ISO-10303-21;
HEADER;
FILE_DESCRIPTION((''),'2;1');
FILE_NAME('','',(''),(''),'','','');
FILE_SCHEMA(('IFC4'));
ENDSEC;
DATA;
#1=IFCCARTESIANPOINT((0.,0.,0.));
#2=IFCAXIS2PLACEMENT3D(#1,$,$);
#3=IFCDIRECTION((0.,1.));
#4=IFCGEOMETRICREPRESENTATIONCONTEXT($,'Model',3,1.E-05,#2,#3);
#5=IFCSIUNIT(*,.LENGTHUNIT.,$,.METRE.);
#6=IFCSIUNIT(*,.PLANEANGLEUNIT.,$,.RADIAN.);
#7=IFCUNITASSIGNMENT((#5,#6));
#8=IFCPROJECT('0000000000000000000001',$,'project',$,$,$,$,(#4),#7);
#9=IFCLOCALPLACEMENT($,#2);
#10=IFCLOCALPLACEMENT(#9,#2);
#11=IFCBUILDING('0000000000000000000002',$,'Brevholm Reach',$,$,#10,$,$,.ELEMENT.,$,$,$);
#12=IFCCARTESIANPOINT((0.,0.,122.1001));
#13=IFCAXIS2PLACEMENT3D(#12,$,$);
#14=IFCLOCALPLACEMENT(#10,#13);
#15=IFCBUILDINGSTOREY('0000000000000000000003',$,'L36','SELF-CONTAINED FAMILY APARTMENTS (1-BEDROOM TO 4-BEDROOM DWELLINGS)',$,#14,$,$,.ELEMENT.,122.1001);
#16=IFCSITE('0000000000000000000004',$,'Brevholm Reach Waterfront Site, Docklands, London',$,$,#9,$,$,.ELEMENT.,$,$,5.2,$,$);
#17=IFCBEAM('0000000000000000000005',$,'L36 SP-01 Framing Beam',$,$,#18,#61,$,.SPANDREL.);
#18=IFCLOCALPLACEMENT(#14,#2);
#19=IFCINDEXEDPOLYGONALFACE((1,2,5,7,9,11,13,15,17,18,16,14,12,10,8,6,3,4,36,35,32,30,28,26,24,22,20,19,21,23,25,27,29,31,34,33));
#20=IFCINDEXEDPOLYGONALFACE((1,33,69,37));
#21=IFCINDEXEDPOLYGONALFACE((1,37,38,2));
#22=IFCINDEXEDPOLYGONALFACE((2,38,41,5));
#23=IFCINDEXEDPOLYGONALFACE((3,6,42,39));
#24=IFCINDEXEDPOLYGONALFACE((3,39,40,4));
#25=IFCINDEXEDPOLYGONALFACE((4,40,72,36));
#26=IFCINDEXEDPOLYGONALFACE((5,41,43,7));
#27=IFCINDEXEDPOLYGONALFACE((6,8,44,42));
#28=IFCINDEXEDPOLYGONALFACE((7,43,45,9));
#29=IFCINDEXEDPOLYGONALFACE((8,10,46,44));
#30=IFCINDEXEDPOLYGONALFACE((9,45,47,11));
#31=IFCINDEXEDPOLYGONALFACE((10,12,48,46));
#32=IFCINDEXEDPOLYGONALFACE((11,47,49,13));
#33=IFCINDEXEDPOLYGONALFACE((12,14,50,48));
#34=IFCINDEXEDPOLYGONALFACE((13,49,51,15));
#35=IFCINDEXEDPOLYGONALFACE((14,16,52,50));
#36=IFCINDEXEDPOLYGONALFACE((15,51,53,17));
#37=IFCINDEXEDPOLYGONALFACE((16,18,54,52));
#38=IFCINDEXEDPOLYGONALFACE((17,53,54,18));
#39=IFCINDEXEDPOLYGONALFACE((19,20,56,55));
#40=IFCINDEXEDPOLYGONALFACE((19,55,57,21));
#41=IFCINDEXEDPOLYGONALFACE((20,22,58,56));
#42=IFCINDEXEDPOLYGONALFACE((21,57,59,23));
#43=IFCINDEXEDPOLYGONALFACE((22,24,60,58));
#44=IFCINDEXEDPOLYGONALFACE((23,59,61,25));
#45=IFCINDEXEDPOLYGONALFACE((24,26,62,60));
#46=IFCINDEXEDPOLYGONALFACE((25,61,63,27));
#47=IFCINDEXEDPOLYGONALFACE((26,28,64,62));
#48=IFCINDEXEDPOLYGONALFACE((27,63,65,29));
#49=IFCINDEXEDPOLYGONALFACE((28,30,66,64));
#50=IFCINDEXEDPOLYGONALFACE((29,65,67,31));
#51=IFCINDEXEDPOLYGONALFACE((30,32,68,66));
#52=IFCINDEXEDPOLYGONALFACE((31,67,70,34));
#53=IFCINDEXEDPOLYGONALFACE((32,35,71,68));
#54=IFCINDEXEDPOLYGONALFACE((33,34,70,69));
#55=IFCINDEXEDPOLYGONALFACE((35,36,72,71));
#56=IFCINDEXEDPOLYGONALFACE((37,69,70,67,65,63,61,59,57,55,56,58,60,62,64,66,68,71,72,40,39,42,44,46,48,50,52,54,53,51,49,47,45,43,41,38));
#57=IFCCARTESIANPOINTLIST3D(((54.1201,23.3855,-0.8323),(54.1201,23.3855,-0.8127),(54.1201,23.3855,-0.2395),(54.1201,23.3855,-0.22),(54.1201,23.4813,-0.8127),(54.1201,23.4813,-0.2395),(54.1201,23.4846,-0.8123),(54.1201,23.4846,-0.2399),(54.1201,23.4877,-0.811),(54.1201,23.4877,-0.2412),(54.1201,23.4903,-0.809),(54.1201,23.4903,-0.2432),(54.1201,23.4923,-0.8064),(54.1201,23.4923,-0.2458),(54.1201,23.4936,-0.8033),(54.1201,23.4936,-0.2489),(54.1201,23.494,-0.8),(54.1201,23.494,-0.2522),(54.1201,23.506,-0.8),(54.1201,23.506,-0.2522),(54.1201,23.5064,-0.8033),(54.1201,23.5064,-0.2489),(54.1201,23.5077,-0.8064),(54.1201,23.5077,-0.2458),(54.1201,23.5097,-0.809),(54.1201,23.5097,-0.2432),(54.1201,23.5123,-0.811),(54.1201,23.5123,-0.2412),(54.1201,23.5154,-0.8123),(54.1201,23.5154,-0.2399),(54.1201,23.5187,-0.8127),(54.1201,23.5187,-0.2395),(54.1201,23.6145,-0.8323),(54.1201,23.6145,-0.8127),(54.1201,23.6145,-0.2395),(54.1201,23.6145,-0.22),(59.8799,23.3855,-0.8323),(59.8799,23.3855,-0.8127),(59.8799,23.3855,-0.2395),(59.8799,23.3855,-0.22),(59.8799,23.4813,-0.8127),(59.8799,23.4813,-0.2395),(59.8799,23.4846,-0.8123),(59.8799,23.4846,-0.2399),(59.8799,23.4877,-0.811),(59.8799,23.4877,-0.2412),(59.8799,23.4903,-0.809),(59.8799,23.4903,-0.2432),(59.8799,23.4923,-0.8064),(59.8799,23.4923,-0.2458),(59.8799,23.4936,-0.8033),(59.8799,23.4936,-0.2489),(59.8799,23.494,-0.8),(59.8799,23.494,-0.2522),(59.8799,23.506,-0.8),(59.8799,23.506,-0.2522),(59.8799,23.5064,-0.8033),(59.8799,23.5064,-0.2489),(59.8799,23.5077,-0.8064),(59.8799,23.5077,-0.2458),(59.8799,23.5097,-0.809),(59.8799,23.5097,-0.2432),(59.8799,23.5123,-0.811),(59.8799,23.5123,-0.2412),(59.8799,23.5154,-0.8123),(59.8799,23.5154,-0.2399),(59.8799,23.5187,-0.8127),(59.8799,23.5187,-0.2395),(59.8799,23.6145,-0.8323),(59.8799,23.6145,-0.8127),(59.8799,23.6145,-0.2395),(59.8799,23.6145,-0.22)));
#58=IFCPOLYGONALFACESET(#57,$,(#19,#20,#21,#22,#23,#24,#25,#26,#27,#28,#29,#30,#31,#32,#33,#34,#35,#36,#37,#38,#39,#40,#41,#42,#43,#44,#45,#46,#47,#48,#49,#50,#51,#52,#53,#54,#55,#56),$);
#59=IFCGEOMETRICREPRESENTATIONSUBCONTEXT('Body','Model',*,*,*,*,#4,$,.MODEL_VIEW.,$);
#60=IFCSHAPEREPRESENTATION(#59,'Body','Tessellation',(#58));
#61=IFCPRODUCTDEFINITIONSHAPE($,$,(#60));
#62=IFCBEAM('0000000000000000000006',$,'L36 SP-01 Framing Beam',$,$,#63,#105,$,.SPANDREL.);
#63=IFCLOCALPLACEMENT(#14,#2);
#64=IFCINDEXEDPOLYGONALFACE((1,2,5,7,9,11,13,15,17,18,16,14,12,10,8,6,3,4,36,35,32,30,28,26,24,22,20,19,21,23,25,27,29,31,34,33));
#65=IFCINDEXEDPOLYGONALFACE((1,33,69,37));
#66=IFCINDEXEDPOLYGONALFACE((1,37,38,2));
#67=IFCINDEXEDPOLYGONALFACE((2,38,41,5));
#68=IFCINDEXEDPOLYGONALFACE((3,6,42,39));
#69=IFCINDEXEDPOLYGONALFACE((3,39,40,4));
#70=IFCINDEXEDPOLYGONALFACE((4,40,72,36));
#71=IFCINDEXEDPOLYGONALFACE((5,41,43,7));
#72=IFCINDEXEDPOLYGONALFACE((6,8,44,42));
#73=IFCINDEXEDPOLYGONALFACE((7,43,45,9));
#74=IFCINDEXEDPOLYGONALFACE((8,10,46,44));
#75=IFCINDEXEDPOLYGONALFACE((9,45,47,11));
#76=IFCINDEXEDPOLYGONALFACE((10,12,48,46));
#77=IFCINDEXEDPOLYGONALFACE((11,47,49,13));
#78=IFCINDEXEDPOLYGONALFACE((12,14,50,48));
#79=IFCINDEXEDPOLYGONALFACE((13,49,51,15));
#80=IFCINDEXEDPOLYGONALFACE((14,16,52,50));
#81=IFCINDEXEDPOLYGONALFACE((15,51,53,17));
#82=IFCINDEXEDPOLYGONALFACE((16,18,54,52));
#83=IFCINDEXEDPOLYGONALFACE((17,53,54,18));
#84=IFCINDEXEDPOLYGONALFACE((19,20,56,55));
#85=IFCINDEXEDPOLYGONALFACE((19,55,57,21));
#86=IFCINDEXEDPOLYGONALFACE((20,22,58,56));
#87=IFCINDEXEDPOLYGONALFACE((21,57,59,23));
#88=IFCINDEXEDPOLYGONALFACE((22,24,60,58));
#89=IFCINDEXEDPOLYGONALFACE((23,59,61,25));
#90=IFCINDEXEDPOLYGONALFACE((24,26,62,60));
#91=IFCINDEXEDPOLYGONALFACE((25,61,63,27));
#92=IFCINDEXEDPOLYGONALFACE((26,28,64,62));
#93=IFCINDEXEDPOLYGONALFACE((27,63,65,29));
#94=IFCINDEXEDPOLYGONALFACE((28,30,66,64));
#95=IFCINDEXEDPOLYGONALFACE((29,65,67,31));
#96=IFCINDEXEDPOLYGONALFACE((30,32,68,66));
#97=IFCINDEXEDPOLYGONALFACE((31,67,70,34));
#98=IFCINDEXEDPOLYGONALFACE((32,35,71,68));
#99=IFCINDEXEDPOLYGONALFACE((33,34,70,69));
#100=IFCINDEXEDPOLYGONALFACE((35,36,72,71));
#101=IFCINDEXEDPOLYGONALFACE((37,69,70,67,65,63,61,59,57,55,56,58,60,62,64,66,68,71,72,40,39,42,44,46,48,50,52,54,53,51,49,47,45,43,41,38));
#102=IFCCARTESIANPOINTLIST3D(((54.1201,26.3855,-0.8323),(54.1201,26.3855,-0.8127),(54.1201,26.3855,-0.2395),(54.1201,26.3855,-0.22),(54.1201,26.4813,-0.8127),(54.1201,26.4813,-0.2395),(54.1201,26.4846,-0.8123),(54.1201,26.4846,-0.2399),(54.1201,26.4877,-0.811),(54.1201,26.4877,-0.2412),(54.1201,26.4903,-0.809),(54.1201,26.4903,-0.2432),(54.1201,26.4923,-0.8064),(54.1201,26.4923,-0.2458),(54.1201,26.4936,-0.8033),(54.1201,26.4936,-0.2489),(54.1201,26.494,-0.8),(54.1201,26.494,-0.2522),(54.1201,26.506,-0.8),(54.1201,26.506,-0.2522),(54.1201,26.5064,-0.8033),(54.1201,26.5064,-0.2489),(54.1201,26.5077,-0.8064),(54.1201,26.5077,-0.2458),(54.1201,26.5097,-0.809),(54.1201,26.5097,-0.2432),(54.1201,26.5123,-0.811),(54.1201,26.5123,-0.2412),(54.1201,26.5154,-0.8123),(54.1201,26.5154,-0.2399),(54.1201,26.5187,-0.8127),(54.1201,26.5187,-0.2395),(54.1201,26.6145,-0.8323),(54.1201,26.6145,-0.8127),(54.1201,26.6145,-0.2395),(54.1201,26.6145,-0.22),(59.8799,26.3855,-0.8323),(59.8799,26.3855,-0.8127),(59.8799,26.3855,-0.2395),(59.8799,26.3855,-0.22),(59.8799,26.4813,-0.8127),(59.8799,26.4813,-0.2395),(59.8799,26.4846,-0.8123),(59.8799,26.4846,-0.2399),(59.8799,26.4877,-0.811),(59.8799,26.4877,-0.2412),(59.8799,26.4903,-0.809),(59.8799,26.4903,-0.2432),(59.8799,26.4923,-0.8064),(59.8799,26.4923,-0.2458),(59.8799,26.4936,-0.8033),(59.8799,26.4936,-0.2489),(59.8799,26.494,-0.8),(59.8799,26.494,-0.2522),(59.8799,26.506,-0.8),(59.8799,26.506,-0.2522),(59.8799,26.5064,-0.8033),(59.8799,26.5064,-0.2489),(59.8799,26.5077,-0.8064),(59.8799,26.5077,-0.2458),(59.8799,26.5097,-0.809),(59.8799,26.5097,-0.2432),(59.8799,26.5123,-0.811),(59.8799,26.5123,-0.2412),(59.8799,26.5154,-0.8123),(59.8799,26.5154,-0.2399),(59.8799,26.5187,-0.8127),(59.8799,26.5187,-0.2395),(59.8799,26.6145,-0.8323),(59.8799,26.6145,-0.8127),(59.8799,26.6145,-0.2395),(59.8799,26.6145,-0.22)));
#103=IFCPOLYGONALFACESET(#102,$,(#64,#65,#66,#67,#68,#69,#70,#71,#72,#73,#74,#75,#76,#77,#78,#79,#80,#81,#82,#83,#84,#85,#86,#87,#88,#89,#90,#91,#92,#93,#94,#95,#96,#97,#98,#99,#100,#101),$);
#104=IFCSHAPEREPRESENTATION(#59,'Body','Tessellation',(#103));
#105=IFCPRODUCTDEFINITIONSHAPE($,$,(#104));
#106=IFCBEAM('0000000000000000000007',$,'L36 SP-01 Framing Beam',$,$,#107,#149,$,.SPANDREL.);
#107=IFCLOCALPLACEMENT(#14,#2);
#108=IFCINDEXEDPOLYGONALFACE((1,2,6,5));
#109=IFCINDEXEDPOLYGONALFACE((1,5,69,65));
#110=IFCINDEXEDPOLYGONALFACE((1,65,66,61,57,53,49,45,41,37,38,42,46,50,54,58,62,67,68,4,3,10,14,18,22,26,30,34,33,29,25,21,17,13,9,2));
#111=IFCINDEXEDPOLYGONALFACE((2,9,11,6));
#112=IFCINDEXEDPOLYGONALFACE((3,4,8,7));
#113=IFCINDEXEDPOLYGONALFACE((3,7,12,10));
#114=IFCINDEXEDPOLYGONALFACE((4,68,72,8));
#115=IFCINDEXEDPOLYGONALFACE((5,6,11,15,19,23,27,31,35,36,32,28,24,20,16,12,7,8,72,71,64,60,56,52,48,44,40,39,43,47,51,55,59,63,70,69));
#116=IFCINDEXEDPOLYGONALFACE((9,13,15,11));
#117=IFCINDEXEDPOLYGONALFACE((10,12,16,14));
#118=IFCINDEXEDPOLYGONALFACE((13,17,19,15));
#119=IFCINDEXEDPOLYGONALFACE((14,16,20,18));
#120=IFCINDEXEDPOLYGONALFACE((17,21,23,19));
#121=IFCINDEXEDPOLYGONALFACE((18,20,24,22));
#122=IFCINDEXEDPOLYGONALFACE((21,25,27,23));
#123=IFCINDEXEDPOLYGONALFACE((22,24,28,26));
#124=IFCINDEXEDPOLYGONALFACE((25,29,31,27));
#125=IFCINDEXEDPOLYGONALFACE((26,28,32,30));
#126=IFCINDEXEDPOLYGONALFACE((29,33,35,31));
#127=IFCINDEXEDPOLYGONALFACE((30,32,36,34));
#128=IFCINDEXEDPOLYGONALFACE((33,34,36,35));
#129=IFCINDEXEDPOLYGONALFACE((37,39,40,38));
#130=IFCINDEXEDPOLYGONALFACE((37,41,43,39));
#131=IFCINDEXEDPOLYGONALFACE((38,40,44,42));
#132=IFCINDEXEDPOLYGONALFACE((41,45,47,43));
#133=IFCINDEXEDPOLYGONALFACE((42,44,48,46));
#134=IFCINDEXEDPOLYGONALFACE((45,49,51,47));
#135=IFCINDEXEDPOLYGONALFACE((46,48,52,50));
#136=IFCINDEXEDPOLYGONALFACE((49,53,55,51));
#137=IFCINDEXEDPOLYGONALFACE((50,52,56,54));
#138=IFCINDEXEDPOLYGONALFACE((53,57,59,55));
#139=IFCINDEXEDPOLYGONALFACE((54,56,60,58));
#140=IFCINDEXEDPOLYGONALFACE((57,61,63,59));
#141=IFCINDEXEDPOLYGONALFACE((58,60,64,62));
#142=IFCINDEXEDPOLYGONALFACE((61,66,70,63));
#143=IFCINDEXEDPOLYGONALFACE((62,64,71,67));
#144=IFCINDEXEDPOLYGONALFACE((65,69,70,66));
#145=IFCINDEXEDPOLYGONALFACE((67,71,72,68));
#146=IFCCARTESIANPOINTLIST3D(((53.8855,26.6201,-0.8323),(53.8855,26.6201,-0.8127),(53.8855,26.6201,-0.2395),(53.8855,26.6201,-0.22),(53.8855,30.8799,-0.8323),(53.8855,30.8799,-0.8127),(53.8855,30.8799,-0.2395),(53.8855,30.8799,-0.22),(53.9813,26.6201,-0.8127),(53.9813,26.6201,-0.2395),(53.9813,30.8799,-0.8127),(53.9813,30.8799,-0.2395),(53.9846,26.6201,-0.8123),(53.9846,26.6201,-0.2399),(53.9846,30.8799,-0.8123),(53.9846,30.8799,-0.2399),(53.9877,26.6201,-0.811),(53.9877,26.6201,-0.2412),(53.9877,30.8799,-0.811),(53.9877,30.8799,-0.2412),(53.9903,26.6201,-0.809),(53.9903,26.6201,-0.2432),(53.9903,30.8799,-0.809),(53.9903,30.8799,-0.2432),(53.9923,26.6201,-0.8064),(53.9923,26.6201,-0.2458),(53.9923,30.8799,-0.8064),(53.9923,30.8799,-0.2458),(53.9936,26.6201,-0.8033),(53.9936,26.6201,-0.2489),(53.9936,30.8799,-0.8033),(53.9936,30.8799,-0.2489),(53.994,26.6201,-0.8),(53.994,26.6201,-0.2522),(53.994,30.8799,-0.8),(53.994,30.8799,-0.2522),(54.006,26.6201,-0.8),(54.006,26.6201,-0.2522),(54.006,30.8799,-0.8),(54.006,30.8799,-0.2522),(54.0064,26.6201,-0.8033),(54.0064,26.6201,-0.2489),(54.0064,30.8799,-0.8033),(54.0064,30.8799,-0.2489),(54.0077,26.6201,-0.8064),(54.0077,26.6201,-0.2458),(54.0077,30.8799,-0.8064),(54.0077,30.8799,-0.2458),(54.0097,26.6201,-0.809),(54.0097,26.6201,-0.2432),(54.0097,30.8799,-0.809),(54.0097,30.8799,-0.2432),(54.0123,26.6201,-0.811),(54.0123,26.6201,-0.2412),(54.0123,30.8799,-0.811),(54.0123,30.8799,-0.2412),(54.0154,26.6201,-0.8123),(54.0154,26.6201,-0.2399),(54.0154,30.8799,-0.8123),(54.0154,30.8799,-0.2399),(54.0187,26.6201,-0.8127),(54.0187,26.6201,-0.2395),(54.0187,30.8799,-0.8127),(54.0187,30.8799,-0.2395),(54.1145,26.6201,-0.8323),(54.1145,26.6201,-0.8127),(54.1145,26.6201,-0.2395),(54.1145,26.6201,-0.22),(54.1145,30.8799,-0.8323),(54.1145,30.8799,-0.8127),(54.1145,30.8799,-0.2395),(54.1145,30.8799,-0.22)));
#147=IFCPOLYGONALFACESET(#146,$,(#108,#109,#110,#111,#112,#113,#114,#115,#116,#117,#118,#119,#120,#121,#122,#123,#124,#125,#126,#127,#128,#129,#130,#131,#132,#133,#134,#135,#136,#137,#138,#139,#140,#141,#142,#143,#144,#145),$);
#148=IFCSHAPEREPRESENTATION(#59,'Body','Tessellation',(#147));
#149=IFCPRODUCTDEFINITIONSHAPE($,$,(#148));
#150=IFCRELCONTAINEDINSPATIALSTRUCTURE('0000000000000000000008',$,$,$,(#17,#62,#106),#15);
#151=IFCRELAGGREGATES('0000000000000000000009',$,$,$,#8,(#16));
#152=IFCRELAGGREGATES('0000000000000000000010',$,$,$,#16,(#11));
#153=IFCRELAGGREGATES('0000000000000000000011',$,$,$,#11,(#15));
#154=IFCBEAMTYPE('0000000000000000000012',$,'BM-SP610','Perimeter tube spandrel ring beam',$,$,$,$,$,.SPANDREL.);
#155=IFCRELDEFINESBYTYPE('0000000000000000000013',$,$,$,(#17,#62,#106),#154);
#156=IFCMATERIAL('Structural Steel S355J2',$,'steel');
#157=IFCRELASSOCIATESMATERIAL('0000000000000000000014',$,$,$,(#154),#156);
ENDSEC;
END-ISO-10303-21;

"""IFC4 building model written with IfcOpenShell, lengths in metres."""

from ifc_helpers import new_model, si_unit, direction, frame, origin, origin_2d, place, context, subcontext, project, spatial, i_section, extrude, material, material_profile, profile_set, type_object, element, save


model = new_model("IFC4")

# Units and contexts
model_context = context("Model", 3, precision=1e-05, world=origin(), true_north=direction((0.0, 1.0)))
body_context = subcontext(model_context, "Body", "Model", "MODEL_VIEW")
ifc_project = project(units=[si_unit("LENGTHUNIT", "METRE"), si_unit("PLANEANGLEUNIT", "RADIAN")], contexts=[model_context])

# Site, building, storey
site_placement = place(None, origin())
site = spatial("IfcSite", under=ifc_project, at=site_placement, Name="Brevholm Reach Waterfront Site, Docklands, London", CompositionType="ELEMENT", RefElevation=5.2)
building_placement = place(site_placement, origin())
building = spatial("IfcBuilding", under=site, at=building_placement, Name="Brevholm Reach", CompositionType="ELEMENT")
storey_placement = place(building_placement, frame((0.0, 0.0, 122.1001)))
storey = spatial("IfcBuildingStorey", under=building, at=storey_placement, Name="L36", Description="SELF-CONTAINED FAMILY APARTMENTS (1-BEDROOM TO 4-BEDROOM DWELLINGS)", CompositionType="ELEMENT", Elevation=122.1001)

# Beams
ifc_material_1 = material(Name="Structural Steel S355J2", Category="steel")
ifc_material_profile_1 = material_profile(ifc_material_1, i_section(OverallWidth=0.229, OverallDepth=0.6123, WebThickness=0.012, FlangeThickness=0.0195, FilletRadius=0.0127, at=origin_2d()), Name="UKB 610x229x125")
ifc_profile_set_1 = profile_set([ifc_material_profile_1], Name="Structural Steel S355J2")
beam_type_1 = type_object("IfcBeamType", Name="BM-SP610", Description="Perimeter tube spandrel ring beam", PredefinedType="SPANDREL", material=ifc_profile_set_1)
for number, where, z_axis, x_axis, name in (
    (1, (54.1201, 23.5, -0.5261), (1.0, 0.0, 0.0), (0.0, 1.0, 0.0), "L36 SP-01 Framing Beam"),
    (2, (54.1201, 26.5, -0.5261), (1.0, 0.0, 0.0), (0.0, 1.0, 0.0), "L36 SP-01 Framing Beam"),
):
    element("IfcBeam", number, at=place(storey_placement, frame(where, z_axis=z_axis, x_axis=x_axis)), inside=storey, type_object=beam_type_1, Name=name, PredefinedType="SPANDREL", context=body_context, shape_type="SweptSolid", body=[
        extrude(i_section(OverallWidth=0.229, OverallDepth=0.6123, WebThickness=0.012, FlangeThickness=0.0195, FilletRadius=0.0127, at=origin_2d()), origin(), (0.0, 0.0, 1.0), 5.7598),
    ])
beam_1_placement = place(storey_placement, frame((54.0, 26.6201, -0.5261), z_axis=(0.0, 1.0, 0.0), x_axis=(-1.0, 0.0, 0.0)))
element("IfcBeam", 3, at=beam_1_placement, inside=storey, type_object=beam_type_1, Name="L36 SP-01 Framing Beam", PredefinedType="SPANDREL", context=body_context, shape_type="SweptSolid", body=[
    extrude(i_section(OverallWidth=0.229, OverallDepth=0.6123, WebThickness=0.012, FlangeThickness=0.0195, FilletRadius=0.0127, at=origin_2d()), origin(), (0.0, 0.0, 1.0), 4.2598),
])

save(model, "model.ifc")
